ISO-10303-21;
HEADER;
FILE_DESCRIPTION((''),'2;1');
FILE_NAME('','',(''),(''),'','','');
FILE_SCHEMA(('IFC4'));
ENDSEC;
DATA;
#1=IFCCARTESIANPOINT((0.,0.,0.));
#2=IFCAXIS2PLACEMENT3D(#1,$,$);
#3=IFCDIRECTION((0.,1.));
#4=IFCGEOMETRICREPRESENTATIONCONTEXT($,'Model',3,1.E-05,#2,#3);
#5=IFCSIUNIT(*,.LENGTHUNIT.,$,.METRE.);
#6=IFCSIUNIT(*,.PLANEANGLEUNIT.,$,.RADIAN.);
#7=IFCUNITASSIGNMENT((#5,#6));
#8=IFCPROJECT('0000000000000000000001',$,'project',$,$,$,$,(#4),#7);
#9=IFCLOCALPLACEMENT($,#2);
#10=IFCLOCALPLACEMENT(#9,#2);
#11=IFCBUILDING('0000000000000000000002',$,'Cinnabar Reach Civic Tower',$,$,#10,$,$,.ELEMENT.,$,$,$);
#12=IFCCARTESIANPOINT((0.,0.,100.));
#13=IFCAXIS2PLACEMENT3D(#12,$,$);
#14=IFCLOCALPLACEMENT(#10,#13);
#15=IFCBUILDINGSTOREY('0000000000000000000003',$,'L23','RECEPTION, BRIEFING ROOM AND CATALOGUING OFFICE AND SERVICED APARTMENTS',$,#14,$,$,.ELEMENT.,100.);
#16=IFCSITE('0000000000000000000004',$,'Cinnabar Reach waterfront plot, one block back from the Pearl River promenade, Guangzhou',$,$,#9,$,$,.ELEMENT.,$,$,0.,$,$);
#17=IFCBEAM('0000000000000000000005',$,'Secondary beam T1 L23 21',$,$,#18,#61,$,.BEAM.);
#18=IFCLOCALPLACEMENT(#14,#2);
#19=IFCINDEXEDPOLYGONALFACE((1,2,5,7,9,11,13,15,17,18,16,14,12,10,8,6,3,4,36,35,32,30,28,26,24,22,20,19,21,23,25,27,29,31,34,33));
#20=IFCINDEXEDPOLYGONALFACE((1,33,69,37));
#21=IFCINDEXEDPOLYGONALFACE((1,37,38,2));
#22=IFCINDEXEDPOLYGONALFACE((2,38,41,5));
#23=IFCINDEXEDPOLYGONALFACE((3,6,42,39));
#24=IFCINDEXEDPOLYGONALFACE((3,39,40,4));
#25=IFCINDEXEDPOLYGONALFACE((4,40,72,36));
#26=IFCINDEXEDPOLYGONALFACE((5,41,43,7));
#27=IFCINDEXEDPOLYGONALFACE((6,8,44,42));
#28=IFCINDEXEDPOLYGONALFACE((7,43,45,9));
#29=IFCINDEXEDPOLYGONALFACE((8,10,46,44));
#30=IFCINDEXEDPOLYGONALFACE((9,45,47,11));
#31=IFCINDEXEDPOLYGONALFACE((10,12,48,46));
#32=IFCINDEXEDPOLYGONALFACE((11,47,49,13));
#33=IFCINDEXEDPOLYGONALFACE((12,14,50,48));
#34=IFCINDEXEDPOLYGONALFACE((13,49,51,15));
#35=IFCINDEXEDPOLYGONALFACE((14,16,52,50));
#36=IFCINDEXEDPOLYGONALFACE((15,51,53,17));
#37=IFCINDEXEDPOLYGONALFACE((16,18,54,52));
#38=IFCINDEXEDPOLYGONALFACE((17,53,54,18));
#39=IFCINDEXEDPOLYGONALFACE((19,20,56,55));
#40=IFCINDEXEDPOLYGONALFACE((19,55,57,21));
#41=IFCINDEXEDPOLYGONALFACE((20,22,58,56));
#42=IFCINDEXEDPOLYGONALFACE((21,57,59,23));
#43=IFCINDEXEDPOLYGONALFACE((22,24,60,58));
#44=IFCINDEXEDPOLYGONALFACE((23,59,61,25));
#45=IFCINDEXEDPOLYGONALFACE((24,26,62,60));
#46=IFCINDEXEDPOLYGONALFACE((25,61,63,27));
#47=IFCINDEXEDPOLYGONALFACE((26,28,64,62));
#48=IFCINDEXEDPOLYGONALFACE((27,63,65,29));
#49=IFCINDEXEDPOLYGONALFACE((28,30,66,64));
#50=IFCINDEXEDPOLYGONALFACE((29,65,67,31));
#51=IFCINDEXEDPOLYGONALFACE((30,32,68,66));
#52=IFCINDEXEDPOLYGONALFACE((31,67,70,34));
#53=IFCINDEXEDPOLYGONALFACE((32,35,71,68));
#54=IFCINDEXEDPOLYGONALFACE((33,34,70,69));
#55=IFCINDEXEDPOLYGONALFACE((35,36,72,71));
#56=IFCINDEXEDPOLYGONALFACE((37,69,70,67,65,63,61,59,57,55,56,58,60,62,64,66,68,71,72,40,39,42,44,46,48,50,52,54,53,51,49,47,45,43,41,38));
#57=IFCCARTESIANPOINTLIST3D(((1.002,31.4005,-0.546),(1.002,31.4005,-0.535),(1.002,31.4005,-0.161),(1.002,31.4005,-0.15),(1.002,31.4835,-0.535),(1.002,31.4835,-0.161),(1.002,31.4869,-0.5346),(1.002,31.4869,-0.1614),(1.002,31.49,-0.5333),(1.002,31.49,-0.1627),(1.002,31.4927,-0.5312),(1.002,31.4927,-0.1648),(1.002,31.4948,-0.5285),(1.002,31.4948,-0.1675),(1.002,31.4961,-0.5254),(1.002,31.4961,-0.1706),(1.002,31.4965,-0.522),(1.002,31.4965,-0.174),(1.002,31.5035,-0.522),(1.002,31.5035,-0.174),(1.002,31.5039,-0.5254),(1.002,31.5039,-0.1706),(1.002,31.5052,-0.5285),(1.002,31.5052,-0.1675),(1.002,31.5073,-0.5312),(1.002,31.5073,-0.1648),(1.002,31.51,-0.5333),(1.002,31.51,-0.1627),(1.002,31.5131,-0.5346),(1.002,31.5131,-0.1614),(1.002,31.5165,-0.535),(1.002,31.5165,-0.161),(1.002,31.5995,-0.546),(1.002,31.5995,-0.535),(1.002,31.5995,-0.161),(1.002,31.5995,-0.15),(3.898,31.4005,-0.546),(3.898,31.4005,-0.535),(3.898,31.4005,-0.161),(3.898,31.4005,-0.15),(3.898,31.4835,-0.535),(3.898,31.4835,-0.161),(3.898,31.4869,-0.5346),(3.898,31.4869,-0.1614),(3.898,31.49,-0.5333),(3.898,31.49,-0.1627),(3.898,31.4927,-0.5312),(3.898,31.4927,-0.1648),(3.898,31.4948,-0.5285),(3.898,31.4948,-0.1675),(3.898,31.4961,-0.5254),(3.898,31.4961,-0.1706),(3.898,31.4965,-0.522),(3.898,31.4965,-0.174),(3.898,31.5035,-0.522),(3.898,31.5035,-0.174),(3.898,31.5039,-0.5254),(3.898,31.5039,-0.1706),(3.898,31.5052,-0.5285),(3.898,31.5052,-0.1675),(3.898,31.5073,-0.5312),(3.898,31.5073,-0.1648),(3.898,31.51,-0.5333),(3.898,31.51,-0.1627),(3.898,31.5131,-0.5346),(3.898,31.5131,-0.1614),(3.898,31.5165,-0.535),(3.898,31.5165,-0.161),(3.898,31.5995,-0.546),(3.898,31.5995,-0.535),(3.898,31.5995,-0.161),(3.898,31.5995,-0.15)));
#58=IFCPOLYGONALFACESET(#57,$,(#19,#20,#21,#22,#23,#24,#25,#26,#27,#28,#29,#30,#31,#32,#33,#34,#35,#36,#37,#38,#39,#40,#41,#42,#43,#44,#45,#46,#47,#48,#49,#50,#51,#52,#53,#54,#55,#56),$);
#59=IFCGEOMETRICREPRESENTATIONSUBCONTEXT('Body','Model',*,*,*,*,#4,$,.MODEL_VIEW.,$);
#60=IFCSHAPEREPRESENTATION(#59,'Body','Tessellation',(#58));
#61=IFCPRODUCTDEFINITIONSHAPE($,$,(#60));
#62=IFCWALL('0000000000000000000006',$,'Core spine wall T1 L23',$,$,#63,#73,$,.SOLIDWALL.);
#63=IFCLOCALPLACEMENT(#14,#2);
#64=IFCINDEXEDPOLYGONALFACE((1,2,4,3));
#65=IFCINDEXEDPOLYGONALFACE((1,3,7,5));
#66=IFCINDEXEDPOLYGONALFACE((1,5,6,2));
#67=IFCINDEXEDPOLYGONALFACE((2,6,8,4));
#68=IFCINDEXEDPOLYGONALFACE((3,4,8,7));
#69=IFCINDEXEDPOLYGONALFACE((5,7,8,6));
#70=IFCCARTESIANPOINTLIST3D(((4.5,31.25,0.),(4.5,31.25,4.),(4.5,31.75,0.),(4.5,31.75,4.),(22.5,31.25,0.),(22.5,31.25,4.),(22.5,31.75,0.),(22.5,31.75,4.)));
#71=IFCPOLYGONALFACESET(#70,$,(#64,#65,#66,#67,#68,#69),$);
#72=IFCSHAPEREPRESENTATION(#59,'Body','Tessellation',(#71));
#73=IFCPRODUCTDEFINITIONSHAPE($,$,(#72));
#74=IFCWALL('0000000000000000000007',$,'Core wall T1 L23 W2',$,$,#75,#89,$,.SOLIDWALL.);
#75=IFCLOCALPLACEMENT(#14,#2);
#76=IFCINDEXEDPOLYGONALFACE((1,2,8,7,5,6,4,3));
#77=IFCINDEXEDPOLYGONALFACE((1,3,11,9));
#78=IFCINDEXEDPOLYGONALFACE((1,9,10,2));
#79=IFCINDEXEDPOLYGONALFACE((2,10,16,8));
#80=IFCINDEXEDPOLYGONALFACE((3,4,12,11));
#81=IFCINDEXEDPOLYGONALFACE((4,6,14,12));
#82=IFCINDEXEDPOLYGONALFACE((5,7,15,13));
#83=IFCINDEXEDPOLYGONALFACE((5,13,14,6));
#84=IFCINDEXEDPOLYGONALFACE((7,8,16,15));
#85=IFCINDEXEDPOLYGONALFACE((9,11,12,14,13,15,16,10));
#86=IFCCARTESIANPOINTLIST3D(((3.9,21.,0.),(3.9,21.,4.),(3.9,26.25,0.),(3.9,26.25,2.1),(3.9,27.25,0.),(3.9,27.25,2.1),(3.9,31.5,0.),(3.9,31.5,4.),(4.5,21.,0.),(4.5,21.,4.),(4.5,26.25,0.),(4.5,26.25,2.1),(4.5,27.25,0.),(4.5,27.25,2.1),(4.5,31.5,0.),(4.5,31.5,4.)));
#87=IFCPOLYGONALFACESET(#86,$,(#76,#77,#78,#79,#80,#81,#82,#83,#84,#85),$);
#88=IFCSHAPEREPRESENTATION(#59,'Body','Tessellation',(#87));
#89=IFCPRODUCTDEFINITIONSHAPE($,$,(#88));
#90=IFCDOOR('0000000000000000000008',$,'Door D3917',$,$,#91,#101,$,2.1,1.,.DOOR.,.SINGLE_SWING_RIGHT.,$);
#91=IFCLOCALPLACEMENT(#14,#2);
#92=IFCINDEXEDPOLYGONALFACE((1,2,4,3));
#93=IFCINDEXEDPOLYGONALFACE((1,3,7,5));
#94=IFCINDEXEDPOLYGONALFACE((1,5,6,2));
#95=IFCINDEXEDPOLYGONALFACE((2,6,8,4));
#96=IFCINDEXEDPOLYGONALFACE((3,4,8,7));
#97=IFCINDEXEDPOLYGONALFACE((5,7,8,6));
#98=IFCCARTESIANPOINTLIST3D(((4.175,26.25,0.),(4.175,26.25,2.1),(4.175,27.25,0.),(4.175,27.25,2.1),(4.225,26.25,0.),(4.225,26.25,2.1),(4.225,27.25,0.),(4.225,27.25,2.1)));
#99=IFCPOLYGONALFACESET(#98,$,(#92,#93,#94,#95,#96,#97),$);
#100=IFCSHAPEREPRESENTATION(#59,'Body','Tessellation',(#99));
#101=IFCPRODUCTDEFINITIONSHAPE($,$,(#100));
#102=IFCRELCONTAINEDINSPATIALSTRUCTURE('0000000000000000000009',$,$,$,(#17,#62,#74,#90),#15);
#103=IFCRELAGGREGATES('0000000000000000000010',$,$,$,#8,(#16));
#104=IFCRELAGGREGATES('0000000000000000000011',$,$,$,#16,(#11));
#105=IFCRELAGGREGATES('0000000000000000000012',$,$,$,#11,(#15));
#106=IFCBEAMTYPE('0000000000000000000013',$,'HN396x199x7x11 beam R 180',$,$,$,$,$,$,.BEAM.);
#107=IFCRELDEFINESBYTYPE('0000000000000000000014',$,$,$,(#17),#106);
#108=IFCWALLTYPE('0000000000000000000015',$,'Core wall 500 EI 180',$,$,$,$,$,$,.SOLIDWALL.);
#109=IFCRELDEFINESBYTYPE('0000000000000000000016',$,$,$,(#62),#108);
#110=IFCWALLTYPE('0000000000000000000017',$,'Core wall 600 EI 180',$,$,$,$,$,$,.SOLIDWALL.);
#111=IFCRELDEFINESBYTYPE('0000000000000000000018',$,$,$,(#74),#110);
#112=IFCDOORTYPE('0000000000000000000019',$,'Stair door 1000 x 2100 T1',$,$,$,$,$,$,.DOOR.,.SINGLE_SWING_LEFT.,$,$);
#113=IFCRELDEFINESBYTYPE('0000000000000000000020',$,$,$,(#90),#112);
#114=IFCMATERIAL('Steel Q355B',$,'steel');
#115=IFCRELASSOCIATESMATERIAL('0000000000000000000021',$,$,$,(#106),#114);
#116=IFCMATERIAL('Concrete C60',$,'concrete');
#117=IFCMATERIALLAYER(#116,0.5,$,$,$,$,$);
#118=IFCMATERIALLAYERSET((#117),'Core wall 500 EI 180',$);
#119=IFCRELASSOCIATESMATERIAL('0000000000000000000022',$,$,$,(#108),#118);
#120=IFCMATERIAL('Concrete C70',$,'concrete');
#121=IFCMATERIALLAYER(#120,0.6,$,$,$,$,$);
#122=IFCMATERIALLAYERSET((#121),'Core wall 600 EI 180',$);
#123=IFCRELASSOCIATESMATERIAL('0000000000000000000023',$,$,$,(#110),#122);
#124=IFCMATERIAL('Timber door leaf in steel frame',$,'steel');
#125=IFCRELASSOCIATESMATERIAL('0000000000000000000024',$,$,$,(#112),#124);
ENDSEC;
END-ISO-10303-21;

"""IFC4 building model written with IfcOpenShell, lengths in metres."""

from ifc_helpers import new_model, si_unit, direction, frame, frame_2d, origin, origin_2d, place, context, subcontext, project, spatial, rectangle, i_section, extrude, material, layer, layer_set, material_profile, profile_set, type_object, element, fill, save


model = new_model("IFC4")

# Units and contexts
model_context = context("Model", 3, precision=1e-05, world=origin(), true_north=direction((0.0, 1.0)))
body_context = subcontext(model_context, "Body", "Model", "MODEL_VIEW")
ifc_project = project(units=[si_unit("LENGTHUNIT", "METRE"), si_unit("PLANEANGLEUNIT", "RADIAN")], contexts=[model_context])

# Site, building, storey
site_placement = place(None, origin())
site = spatial("IfcSite", under=ifc_project, at=site_placement, Name="Cinnabar Reach waterfront plot, one block back from the Pearl River promenade, Guangzhou", CompositionType="ELEMENT", RefElevation=0.0)
building_placement = place(site_placement, origin())
building = spatial("IfcBuilding", under=site, at=building_placement, Name="Cinnabar Reach Civic Tower", CompositionType="ELEMENT")
storey_placement = place(building_placement, frame((0.0, 0.0, 100.0)))
storey = spatial("IfcBuildingStorey", under=building, at=storey_placement, Name="L23", Description="RECEPTION, BRIEFING ROOM AND CATALOGUING OFFICE AND SERVICED APARTMENTS", CompositionType="ELEMENT", Elevation=100.0)

# Beam
ifc_material_1 = material(Name="Steel Q355B", Category="steel")
ifc_material_profile = material_profile(ifc_material_1, i_section(OverallWidth=0.199, OverallDepth=0.396, WebThickness=0.007, FlangeThickness=0.011, FilletRadius=0.013, at=origin_2d()), Name="HN396x199x7x11")
ifc_profile_set = profile_set([ifc_material_profile], Name="Steel Q355B")
beam_type = type_object("IfcBeamType", Name="HN396x199x7x11 beam R 180", PredefinedType="BEAM", material=ifc_profile_set)
beam_placement = place(storey_placement, frame((1.002, 31.5, -0.348), z_axis=(1.0, 0.0, 0.0), x_axis=(0.0, 1.0, 0.0)))
element("IfcBeam", 1, at=beam_placement, inside=storey, type_object=beam_type, Name="Secondary beam T1 L23 21", PredefinedType="BEAM", context=body_context, shape_type="SweptSolid", body=[
    extrude(i_section(OverallWidth=0.199, OverallDepth=0.396, WebThickness=0.007, FlangeThickness=0.011, FilletRadius=0.013, at=origin_2d()), origin(), (0.0, 0.0, 1.0), 2.896),
])

# Wall
ifc_material_2 = material(Name="Concrete C60", Category="concrete")
ifc_layer_1 = layer(ifc_material_2, 0.5)
ifc_layer_set_1 = layer_set([ifc_layer_1], Name="Core wall 500 EI 180")
wall_type_1 = type_object("IfcWallType", Name="Core wall 500 EI 180", PredefinedType="SOLIDWALL", material=ifc_layer_set_1)
wall_1_placement = place(storey_placement, frame((4.5, 31.5, 0.0), z_axis=(0.0, 0.0, 1.0), x_axis=(1.0, 0.0, 0.0)))
element("IfcWall", 2, at=wall_1_placement, inside=storey, type_object=wall_type_1, Name="Core spine wall T1 L23", PredefinedType="SOLIDWALL", context=body_context, shape_type="SweptSolid", body=[
    extrude(rectangle(XDim=18.0, YDim=0.5, at=frame_2d((9.0, 0.0))), origin(), (0.0, 0.0, 1.0), 4.0),
])

# Wall, opening, door
ifc_material_3 = material(Name="Concrete C70", Category="concrete")
ifc_layer_2 = layer(ifc_material_3, 0.6)
ifc_layer_set_2 = layer_set([ifc_layer_2], Name="Core wall 600 EI 180")
wall_type_2 = type_object("IfcWallType", Name="Core wall 600 EI 180", PredefinedType="SOLIDWALL", material=ifc_layer_set_2)
wall_2_placement = place(storey_placement, frame((4.2, 31.5, 0.0), z_axis=(0.0, 0.0, 1.0), x_axis=(0.0, -1.0, 0.0)))
wall_2 = element("IfcWall", 3, at=wall_2_placement, inside=storey, type_object=wall_type_2, Name="Core wall T1 L23 W2", PredefinedType="SOLIDWALL", context=body_context, shape_type="SweptSolid", body=[
    extrude(rectangle(XDim=10.5, YDim=0.6, at=frame_2d((5.25, 0.0))), origin(), (0.0, 0.0, 1.0), 4.0),
])
opening_1_placement = place(wall_2_placement, frame((4.25, 0.0, 0.0)))
opening_1 = element("IfcOpeningElement", 4, at=opening_1_placement, cuts=wall_2, PredefinedType="OPENING", context=body_context, shape_type="SweptSolid", body=[
    extrude(rectangle(XDim=1.0, YDim=2.1, at=frame_2d((0.5, 1.05))), frame((0.0, 0.31, 0.0), z_axis=(0.0, -1.0, 0.0), x_axis=(1.0, 0.0, 0.0)), (0.0, 0.0, 1.0), 0.62),
])
ifc_material_4 = material(Name="Timber door leaf in steel frame", Category="steel")
door_type_1 = type_object("IfcDoorType", Name="Stair door 1000 x 2100 T1", OperationType="SINGLE_SWING_LEFT", PredefinedType="DOOR", material=ifc_material_4)
door_1_placement = place(opening_1_placement, frame((1.0, 0.0, 0.0), z_axis=(0.0, 0.0, 1.0), x_axis=(-1.0, 0.0, 0.0)))
door_1 = element("IfcDoor", 5, at=door_1_placement, inside=storey, type_object=door_type_1, Name="Door D3917", OperationType="SINGLE_SWING_RIGHT", OverallHeight=2.1, OverallWidth=1.0, PredefinedType="DOOR", context=body_context, shape_type="SweptSolid", body=[
    extrude(rectangle(XDim=1.0, YDim=2.1, at=frame_2d((0.5, 1.05))), frame((0.0, 0.025, 0.0), z_axis=(0.0, -1.0, 0.0), x_axis=(1.0, 0.0, 0.0)), (0.0, 0.0, 1.0), 0.05),
])
fill(opening_1, door_1)

save(model, "model.ifc")
